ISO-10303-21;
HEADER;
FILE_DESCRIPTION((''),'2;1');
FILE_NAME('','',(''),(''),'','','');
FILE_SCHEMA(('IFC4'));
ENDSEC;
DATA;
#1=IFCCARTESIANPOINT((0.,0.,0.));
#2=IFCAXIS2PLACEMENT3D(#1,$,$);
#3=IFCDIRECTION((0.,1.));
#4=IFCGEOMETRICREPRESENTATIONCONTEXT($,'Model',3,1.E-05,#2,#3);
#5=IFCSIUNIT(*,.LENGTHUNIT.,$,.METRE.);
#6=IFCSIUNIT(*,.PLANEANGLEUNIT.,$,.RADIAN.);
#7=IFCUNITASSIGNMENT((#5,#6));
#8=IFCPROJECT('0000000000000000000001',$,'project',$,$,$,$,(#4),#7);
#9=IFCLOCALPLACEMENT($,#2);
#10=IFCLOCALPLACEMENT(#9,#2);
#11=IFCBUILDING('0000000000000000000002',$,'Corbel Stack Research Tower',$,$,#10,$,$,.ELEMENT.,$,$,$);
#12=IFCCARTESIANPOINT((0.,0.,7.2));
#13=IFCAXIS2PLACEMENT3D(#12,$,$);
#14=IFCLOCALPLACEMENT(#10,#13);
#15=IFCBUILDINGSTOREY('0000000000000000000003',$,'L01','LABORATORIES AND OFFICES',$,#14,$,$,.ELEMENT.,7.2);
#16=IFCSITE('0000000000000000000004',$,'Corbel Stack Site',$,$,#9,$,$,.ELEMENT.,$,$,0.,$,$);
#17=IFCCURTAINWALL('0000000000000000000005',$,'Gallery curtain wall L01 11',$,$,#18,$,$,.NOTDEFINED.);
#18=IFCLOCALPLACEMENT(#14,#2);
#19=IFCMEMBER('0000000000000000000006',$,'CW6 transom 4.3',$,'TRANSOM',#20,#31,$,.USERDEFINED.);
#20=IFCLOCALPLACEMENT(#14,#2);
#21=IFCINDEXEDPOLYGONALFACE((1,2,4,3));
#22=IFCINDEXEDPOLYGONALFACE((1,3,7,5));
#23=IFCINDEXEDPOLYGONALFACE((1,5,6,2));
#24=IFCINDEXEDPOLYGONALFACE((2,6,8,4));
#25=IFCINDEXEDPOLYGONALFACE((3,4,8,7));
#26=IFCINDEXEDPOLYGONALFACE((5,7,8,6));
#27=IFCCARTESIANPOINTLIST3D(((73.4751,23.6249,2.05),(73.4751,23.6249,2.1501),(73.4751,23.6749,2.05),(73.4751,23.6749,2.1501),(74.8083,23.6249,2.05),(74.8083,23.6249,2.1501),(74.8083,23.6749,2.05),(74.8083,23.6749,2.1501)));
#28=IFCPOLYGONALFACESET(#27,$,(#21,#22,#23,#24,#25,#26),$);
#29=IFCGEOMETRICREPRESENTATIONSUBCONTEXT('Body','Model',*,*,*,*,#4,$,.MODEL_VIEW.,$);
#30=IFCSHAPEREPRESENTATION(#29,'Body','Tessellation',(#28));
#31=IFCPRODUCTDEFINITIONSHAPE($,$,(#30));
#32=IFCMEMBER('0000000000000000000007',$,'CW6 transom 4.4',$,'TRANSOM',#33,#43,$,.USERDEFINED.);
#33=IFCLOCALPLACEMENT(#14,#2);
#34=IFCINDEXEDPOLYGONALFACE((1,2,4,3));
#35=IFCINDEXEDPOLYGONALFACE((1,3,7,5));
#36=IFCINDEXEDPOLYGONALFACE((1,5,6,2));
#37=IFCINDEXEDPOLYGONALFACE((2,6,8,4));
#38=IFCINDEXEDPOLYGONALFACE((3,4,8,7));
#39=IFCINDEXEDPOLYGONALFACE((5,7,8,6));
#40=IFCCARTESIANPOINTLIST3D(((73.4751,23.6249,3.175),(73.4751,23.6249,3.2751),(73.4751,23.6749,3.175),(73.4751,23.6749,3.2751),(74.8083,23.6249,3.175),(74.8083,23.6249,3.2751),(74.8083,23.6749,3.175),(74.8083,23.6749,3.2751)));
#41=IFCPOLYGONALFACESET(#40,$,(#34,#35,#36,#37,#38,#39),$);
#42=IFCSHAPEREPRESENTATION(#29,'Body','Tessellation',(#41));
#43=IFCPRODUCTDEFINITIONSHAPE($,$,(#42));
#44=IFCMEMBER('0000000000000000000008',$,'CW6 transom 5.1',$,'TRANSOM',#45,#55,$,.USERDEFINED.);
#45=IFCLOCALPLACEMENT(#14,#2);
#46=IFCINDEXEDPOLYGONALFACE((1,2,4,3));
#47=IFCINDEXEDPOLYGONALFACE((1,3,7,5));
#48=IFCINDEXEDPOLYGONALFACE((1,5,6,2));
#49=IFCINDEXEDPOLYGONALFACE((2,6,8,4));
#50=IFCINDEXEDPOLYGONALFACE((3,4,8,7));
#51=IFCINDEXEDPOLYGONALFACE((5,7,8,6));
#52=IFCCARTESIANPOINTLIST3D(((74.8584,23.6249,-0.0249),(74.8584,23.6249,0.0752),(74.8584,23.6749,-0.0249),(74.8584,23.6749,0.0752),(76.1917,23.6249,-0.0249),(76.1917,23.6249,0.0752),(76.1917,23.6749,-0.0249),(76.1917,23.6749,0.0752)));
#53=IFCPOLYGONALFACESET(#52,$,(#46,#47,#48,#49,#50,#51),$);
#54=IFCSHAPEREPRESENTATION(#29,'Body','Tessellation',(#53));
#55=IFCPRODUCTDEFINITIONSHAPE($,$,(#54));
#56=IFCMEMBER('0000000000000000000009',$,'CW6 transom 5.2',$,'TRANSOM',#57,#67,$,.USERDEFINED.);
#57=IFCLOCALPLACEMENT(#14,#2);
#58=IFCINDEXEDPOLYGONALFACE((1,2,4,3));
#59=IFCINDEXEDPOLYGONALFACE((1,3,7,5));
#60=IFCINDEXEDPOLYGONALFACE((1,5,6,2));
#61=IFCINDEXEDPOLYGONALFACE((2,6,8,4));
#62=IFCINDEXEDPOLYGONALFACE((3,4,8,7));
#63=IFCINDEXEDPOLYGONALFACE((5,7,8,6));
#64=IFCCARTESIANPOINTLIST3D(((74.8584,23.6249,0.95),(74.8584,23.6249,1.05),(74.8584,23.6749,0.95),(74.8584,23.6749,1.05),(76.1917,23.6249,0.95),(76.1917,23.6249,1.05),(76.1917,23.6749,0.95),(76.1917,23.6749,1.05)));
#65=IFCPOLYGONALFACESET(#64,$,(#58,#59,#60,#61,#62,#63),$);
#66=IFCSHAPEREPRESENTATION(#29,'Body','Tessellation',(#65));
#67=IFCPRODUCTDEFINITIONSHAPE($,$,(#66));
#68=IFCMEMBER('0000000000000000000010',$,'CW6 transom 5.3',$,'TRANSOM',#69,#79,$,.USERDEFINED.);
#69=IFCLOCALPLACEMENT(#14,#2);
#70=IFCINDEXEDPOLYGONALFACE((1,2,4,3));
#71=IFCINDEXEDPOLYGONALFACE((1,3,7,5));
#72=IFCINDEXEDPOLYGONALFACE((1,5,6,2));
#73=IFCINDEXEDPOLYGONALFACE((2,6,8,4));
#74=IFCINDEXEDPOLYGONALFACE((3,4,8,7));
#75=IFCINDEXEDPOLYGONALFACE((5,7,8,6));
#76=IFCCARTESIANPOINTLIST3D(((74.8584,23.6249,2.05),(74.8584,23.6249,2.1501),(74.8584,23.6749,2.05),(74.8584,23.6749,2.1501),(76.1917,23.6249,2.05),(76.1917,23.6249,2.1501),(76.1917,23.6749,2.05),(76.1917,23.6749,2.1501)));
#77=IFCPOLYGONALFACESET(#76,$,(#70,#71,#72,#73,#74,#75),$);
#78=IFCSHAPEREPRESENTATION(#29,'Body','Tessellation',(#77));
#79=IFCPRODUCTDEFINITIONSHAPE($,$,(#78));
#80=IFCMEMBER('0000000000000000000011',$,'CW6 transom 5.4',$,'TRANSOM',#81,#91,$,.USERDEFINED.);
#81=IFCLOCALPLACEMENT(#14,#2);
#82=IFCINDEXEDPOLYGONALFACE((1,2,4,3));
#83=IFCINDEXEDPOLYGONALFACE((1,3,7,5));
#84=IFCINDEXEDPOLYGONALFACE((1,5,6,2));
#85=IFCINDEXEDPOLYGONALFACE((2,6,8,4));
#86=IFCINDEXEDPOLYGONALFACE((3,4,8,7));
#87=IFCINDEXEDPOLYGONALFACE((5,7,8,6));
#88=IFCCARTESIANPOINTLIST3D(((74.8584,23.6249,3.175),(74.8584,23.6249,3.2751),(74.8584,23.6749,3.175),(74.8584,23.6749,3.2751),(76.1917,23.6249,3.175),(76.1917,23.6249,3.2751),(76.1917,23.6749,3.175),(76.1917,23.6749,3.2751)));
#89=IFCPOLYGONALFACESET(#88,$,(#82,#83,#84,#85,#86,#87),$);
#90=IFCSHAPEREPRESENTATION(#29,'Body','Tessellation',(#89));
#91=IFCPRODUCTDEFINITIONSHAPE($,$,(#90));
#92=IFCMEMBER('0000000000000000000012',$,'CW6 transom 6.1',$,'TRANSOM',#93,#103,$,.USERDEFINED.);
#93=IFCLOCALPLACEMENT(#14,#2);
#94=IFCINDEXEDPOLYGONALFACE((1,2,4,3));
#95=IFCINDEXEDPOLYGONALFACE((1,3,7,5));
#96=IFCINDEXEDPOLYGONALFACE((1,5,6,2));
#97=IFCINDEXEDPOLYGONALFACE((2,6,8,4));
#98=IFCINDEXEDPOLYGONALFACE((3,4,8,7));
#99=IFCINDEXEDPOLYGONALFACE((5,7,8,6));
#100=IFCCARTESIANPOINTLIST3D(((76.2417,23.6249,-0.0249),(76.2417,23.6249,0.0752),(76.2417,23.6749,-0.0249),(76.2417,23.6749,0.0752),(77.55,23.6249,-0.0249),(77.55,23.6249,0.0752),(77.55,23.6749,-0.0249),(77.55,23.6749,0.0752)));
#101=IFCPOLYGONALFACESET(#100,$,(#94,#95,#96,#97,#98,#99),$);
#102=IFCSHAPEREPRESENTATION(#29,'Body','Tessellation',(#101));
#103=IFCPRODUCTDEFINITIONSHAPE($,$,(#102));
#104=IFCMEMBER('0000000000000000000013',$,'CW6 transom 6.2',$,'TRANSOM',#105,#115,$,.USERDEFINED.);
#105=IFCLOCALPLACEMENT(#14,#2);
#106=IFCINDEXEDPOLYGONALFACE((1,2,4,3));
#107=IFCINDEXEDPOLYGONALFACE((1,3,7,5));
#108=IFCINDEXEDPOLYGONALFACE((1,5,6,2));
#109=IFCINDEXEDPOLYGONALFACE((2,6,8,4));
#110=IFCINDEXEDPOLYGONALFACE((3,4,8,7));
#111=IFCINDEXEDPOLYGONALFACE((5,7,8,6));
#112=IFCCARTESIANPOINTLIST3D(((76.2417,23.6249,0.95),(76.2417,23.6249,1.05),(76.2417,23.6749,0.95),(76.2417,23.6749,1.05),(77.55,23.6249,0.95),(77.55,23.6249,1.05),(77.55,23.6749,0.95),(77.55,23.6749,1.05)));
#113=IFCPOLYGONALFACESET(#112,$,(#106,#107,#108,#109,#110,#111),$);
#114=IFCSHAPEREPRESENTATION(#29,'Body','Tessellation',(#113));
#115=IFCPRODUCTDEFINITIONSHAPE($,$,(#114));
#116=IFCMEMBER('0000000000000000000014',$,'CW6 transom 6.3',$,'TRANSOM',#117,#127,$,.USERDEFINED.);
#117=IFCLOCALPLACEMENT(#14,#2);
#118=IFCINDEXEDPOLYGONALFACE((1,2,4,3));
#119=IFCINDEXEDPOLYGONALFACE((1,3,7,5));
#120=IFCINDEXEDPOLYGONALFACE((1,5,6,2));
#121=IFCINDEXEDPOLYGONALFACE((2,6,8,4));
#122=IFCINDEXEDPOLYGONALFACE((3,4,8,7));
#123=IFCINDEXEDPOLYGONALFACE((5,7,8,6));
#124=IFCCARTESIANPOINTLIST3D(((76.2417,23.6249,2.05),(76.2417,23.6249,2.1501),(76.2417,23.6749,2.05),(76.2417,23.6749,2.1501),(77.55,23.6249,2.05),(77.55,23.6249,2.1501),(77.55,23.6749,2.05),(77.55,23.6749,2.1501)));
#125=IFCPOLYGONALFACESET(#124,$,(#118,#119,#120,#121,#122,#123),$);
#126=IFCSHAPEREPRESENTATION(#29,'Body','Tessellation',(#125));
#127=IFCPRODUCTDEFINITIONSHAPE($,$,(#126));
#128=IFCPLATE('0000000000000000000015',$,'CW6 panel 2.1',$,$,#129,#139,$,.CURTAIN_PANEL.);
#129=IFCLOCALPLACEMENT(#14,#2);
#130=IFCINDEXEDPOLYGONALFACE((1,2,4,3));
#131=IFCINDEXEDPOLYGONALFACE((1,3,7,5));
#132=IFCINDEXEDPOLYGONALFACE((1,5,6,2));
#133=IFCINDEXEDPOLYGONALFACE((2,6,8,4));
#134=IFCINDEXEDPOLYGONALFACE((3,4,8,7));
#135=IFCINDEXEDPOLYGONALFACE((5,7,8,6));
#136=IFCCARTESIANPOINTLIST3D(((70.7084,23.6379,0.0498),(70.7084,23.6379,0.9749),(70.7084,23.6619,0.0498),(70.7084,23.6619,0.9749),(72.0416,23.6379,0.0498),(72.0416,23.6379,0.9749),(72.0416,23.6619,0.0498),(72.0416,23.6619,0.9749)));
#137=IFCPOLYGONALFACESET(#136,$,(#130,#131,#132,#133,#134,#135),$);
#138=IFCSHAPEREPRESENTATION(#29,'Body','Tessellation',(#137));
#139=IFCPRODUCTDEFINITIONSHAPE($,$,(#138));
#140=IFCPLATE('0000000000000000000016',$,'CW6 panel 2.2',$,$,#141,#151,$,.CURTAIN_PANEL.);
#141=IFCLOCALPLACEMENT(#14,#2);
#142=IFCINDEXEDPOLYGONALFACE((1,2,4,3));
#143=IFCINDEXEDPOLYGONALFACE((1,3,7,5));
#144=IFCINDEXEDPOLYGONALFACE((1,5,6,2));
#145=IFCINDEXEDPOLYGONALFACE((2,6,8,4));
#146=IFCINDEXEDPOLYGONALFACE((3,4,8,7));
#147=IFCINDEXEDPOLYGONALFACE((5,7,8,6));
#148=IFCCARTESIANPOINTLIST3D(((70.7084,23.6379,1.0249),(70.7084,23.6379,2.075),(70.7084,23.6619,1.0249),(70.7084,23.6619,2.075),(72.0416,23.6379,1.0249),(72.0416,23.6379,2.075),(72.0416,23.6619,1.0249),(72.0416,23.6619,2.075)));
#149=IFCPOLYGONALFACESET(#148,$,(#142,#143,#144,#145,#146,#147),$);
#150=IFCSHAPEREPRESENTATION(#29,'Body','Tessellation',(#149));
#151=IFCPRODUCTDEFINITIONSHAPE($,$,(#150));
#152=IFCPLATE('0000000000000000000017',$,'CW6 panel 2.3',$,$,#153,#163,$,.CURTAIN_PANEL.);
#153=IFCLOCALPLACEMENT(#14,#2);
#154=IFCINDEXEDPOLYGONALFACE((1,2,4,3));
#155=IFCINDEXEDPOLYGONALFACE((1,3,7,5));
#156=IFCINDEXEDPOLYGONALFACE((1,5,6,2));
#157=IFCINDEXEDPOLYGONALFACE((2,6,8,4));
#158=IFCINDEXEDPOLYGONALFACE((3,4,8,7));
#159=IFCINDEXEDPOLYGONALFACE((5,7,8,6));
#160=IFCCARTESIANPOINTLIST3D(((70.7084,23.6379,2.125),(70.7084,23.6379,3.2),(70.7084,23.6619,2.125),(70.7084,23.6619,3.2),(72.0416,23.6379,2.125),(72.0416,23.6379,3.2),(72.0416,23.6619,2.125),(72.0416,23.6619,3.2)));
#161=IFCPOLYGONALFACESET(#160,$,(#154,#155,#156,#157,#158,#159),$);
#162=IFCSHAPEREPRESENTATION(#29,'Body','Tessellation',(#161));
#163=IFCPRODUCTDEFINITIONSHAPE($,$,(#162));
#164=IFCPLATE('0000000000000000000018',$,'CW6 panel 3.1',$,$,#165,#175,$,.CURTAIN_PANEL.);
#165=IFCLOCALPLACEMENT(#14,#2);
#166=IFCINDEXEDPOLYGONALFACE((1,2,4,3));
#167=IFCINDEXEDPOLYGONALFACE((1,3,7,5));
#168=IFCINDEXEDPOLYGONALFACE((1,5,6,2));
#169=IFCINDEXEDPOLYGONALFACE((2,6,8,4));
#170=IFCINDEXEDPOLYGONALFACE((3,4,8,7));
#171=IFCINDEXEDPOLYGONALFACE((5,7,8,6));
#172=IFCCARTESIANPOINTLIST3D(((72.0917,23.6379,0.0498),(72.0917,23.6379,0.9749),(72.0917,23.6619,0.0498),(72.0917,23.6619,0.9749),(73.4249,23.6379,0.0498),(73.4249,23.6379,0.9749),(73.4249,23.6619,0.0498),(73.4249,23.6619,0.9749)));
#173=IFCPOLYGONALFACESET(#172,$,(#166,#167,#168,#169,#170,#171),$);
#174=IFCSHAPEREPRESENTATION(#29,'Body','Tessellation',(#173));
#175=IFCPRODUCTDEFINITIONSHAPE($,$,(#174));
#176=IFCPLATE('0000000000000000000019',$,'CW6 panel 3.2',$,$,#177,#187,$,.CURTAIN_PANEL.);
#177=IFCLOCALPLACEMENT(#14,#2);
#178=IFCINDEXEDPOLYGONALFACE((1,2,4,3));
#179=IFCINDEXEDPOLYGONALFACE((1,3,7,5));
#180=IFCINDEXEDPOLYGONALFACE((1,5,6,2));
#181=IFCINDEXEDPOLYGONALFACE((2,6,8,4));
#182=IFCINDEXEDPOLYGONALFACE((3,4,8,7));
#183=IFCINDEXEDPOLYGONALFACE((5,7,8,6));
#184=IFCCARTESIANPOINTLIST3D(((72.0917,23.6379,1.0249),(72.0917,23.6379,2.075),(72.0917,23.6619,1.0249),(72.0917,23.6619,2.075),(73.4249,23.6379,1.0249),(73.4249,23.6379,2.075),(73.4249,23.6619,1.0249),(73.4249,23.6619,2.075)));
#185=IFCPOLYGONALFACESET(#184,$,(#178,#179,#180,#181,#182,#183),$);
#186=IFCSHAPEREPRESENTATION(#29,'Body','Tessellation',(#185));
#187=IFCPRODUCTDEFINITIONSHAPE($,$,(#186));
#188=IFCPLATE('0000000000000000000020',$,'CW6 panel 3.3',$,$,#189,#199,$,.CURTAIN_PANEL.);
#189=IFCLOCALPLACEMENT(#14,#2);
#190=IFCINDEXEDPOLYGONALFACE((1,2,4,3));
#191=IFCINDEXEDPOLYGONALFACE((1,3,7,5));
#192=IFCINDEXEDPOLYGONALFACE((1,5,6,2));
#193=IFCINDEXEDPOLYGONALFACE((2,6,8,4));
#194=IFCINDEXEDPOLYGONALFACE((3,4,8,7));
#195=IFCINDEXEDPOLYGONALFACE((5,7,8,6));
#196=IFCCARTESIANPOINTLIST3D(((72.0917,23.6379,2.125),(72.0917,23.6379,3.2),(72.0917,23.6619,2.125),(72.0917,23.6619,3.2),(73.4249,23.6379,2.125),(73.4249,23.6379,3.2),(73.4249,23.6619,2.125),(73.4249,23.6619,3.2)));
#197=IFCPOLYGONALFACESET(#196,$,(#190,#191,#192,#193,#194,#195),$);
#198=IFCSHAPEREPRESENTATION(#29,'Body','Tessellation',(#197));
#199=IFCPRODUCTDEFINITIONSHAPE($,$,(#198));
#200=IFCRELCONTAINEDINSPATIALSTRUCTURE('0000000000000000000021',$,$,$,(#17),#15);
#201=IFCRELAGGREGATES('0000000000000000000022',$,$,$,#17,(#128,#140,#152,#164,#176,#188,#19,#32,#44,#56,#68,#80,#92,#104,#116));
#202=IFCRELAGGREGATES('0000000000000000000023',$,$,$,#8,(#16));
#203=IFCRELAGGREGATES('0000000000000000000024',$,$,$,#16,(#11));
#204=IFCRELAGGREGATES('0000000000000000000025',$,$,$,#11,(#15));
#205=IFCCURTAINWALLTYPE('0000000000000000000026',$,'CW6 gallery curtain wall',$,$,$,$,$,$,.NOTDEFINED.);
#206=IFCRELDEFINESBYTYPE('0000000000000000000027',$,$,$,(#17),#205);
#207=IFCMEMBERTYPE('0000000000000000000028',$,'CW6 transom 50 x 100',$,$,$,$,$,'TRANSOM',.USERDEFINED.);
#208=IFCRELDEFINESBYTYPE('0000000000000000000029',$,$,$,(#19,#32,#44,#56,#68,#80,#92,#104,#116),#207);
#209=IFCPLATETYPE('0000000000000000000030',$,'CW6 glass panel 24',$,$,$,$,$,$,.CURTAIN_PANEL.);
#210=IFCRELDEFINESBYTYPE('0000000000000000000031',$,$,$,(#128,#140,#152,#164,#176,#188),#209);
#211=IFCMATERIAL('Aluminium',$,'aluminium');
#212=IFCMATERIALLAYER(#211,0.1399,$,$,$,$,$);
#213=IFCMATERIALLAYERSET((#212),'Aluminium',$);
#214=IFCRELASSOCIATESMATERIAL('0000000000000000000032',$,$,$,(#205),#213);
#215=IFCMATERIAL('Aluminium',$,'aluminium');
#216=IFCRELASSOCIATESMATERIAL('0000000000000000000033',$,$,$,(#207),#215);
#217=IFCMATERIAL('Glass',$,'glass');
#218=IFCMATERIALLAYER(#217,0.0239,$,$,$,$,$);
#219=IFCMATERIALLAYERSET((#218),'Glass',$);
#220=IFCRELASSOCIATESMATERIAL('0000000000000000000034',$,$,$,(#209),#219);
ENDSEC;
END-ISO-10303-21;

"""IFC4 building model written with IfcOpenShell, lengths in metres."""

from ifc_helpers import new_model, si_unit, direction, frame, origin, origin_2d, place, context, subcontext, project, spatial, rectangle, extrude, material, layer, layer_set, material_profile, profile_set, type_object, element, aggregate, save


model = new_model("IFC4")

# Units and contexts
model_context = context("Model", 3, precision=1e-05, world=origin(), true_north=direction((0.0, 1.0)))
body_context = subcontext(model_context, "Body", "Model", "MODEL_VIEW")
ifc_project = project(units=[si_unit("LENGTHUNIT", "METRE"), si_unit("PLANEANGLEUNIT", "RADIAN")], contexts=[model_context])

# Site, building, storey
site_placement = place(None, origin())
site = spatial("IfcSite", under=ifc_project, at=site_placement, Name="Corbel Stack Site", CompositionType="ELEMENT", RefElevation=0.0)
building_placement = place(site_placement, origin())
building = spatial("IfcBuilding", under=site, at=building_placement, Name="Corbel Stack Research Tower", CompositionType="ELEMENT")
storey_placement = place(building_placement, frame((0.0, 0.0, 7.2)))
storey = spatial("IfcBuildingStorey", under=building, at=storey_placement, Name="L01", Description="LABORATORIES AND OFFICES", CompositionType="ELEMENT", Elevation=7.2)

# Curtain wall, members, plates
ifc_material_1 = material(Name="Aluminium", Category="aluminium")
ifc_layer_1 = layer(ifc_material_1, 0.1399)
ifc_layer_set_1 = layer_set([ifc_layer_1], Name="Aluminium")
curtain_wall_type = type_object("IfcCurtainWallType", Name="CW6 gallery curtain wall", PredefinedType="NOTDEFINED", material=ifc_layer_set_1)
curtain_wall_placement = place(storey_placement, origin())
curtain_wall = element("IfcCurtainWall", 1, at=curtain_wall_placement, inside=storey, type_object=curtain_wall_type, Name="Gallery curtain wall L01 11", PredefinedType="NOTDEFINED")
ifc_material_2 = material(Name="Aluminium", Category="aluminium")
ifc_material_profile_1 = material_profile(ifc_material_2, rectangle(XDim=0.05, YDim=0.1001, at=origin_2d()), Name="Transom 50 x 100")
ifc_profile_set_1 = profile_set([ifc_material_profile_1], Name="Aluminium")
member_type_1 = type_object("IfcMemberType", Name="CW6 transom 50 x 100", ElementType="TRANSOM", PredefinedType="USERDEFINED", material=ifc_profile_set_1)
member_1_placement = place(storey_placement, frame((73.4751, 23.6499, 2.1001), z_axis=(1.0, 0.0, 0.0), x_axis=(0.0, 1.0, 0.0)))
member_1 = element("IfcMember", 2, at=member_1_placement, type_object=member_type_1, Name="CW6 transom 4.3", ObjectType="TRANSOM", PredefinedType="USERDEFINED", context=body_context, shape_type="SweptSolid", body=[
    extrude(rectangle(XDim=0.05, YDim=0.1001, at=origin_2d()), origin(), (0.0, 0.0, 1.0), 1.3333),
])
member_2_placement = place(storey_placement, frame((73.4751, 23.6499, 3.2251), z_axis=(1.0, 0.0, 0.0), x_axis=(0.0, 1.0, 0.0)))
member_2 = element("IfcMember", 3, at=member_2_placement, type_object=member_type_1, Name="CW6 transom 4.4", ObjectType="TRANSOM", PredefinedType="USERDEFINED", context=body_context, shape_type="SweptSolid", body=[
    extrude(rectangle(XDim=0.05, YDim=0.1001, at=origin_2d()), origin(), (0.0, 0.0, 1.0), 1.3333),
])
member_3_placement = place(storey_placement, frame((74.8584, 23.6499, 0.0251), z_axis=(1.0, 0.0, 0.0), x_axis=(0.0, 1.0, 0.0)))
member_3 = element("IfcMember", 4, at=member_3_placement, type_object=member_type_1, Name="CW6 transom 5.1", ObjectType="TRANSOM", PredefinedType="USERDEFINED", context=body_context, shape_type="SweptSolid", body=[
    extrude(rectangle(XDim=0.05, YDim=0.1001, at=origin_2d()), origin(), (0.0, 0.0, 1.0), 1.3333),
])
member_4_placement = place(storey_placement, frame((74.8584, 23.6499, 1.0), z_axis=(1.0, 0.0, 0.0), x_axis=(0.0, 1.0, 0.0)))
member_4 = element("IfcMember", 5, at=member_4_placement, type_object=member_type_1, Name="CW6 transom 5.2", ObjectType="TRANSOM", PredefinedType="USERDEFINED", context=body_context, shape_type="SweptSolid", body=[
    extrude(rectangle(XDim=0.05, YDim=0.1001, at=origin_2d()), origin(), (0.0, 0.0, 1.0), 1.3333),
])
member_5_placement = place(storey_placement, frame((74.8584, 23.6499, 2.1001), z_axis=(1.0, 0.0, 0.0), x_axis=(0.0, 1.0, 0.0)))
member_5 = element("IfcMember", 6, at=member_5_placement, type_object=member_type_1, Name="CW6 transom 5.3", ObjectType="TRANSOM", PredefinedType="USERDEFINED", context=body_context, shape_type="SweptSolid", body=[
    extrude(rectangle(XDim=0.05, YDim=0.1001, at=origin_2d()), origin(), (0.0, 0.0, 1.0), 1.3333),
])
member_6_placement = place(storey_placement, frame((74.8584, 23.6499, 3.2251), z_axis=(1.0, 0.0, 0.0), x_axis=(0.0, 1.0, 0.0)))
member_6 = element("IfcMember", 7, at=member_6_placement, type_object=member_type_1, Name="CW6 transom 5.4", ObjectType="TRANSOM", PredefinedType="USERDEFINED", context=body_context, shape_type="SweptSolid", body=[
    extrude(rectangle(XDim=0.05, YDim=0.1001, at=origin_2d()), origin(), (0.0, 0.0, 1.0), 1.3333),
])
member_7_placement = place(storey_placement, frame((76.2417, 23.6499, 0.0251), z_axis=(1.0, 0.0, 0.0), x_axis=(0.0, 1.0, 0.0)))
member_7 = element("IfcMember", 8, at=member_7_placement, type_object=member_type_1, Name="CW6 transom 6.1", ObjectType="TRANSOM", PredefinedType="USERDEFINED", context=body_context, shape_type="SweptSolid", body=[
    extrude(rectangle(XDim=0.05, YDim=0.1001, at=origin_2d()), origin(), (0.0, 0.0, 1.0), 1.3083),
])
member_8_placement = place(storey_placement, frame((76.2417, 23.6499, 1.0), z_axis=(1.0, 0.0, 0.0), x_axis=(0.0, 1.0, 0.0)))
member_8 = element("IfcMember", 9, at=member_8_placement, type_object=member_type_1, Name="CW6 transom 6.2", ObjectType="TRANSOM", PredefinedType="USERDEFINED", context=body_context, shape_type="SweptSolid", body=[
    extrude(rectangle(XDim=0.05, YDim=0.1001, at=origin_2d()), origin(), (0.0, 0.0, 1.0), 1.3083),
])
member_9_placement = place(storey_placement, frame((76.2417, 23.6499, 2.1001), z_axis=(1.0, 0.0, 0.0), x_axis=(0.0, 1.0, 0.0)))
member_9 = element("IfcMember", 10, at=member_9_placement, type_object=member_type_1, Name="CW6 transom 6.3", ObjectType="TRANSOM", PredefinedType="USERDEFINED", context=body_context, shape_type="SweptSolid", body=[
    extrude(rectangle(XDim=0.05, YDim=0.1001, at=origin_2d()), origin(), (0.0, 0.0, 1.0), 1.3083),
])
ifc_material_3 = material(Name="Glass", Category="glass")
ifc_layer_2 = layer(ifc_material_3, 0.0239)
ifc_layer_set_2 = layer_set([ifc_layer_2], Name="Glass")
plate_type = type_object("IfcPlateType", Name="CW6 glass panel 24", PredefinedType="CURTAIN_PANEL", material=ifc_layer_set_2)
plate_1_placement = place(storey_placement, frame((71.375, 23.6499, 0.0498), z_axis=(0.0, 0.0, 1.0), x_axis=(1.0, 0.0, 0.0)))
plate_1 = element("IfcPlate", 11, at=plate_1_placement, type_object=plate_type, Name="CW6 panel 2.1", PredefinedType="CURTAIN_PANEL", context=body_context, shape_type="SweptSolid", body=[
    extrude(rectangle(XDim=1.3333, YDim=0.0239, at=origin_2d()), origin(), (0.0, 0.0, 1.0), 0.925),
])
plate_2_placement = place(storey_placement, frame((71.375, 23.6499, 1.0249), z_axis=(0.0, 0.0, 1.0), x_axis=(1.0, 0.0, 0.0)))
plate_2 = element("IfcPlate", 12, at=plate_2_placement, type_object=plate_type, Name="CW6 panel 2.2", PredefinedType="CURTAIN_PANEL", context=body_context, shape_type="SweptSolid", body=[
    extrude(rectangle(XDim=1.3333, YDim=0.0239, at=origin_2d()), origin(), (0.0, 0.0, 1.0), 1.05),
])
plate_3_placement = place(storey_placement, frame((71.375, 23.6499, 2.125), z_axis=(0.0, 0.0, 1.0), x_axis=(1.0, 0.0, 0.0)))
plate_3 = element("IfcPlate", 13, at=plate_3_placement, type_object=plate_type, Name="CW6 panel 2.3", PredefinedType="CURTAIN_PANEL", context=body_context, shape_type="SweptSolid", body=[
    extrude(rectangle(XDim=1.3333, YDim=0.0239, at=origin_2d()), origin(), (0.0, 0.0, 1.0), 1.075),
])
plate_4_placement = place(storey_placement, frame((72.7583, 23.6499, 0.0498), z_axis=(0.0, 0.0, 1.0), x_axis=(1.0, 0.0, 0.0)))
plate_4 = element("IfcPlate", 14, at=plate_4_placement, type_object=plate_type, Name="CW6 panel 3.1", PredefinedType="CURTAIN_PANEL", context=body_context, shape_type="SweptSolid", body=[
    extrude(rectangle(XDim=1.3333, YDim=0.0239, at=origin_2d()), origin(), (0.0, 0.0, 1.0), 0.925),
])
plate_5_placement = place(storey_placement, frame((72.7583, 23.6499, 1.0249), z_axis=(0.0, 0.0, 1.0), x_axis=(1.0, 0.0, 0.0)))
plate_5 = element("IfcPlate", 15, at=plate_5_placement, type_object=plate_type, Name="CW6 panel 3.2", PredefinedType="CURTAIN_PANEL", context=body_context, shape_type="SweptSolid", body=[
    extrude(rectangle(XDim=1.3333, YDim=0.0239, at=origin_2d()), origin(), (0.0, 0.0, 1.0), 1.05),
])
plate_6_placement = place(storey_placement, frame((72.7583, 23.6499, 2.125), z_axis=(0.0, 0.0, 1.0), x_axis=(1.0, 0.0, 0.0)))
plate_6 = element("IfcPlate", 16, at=plate_6_placement, type_object=plate_type, Name="CW6 panel 3.3", PredefinedType="CURTAIN_PANEL", context=body_context, shape_type="SweptSolid", body=[
    extrude(rectangle(XDim=1.3333, YDim=0.0239, at=origin_2d()), origin(), (0.0, 0.0, 1.0), 1.075),
])
aggregate(curtain_wall, [plate_1, plate_2, plate_3, plate_4, plate_5, plate_6, member_1, member_2, member_3, member_4, member_5, member_6, member_7, member_8, member_9])

save(model, "model.ifc")
